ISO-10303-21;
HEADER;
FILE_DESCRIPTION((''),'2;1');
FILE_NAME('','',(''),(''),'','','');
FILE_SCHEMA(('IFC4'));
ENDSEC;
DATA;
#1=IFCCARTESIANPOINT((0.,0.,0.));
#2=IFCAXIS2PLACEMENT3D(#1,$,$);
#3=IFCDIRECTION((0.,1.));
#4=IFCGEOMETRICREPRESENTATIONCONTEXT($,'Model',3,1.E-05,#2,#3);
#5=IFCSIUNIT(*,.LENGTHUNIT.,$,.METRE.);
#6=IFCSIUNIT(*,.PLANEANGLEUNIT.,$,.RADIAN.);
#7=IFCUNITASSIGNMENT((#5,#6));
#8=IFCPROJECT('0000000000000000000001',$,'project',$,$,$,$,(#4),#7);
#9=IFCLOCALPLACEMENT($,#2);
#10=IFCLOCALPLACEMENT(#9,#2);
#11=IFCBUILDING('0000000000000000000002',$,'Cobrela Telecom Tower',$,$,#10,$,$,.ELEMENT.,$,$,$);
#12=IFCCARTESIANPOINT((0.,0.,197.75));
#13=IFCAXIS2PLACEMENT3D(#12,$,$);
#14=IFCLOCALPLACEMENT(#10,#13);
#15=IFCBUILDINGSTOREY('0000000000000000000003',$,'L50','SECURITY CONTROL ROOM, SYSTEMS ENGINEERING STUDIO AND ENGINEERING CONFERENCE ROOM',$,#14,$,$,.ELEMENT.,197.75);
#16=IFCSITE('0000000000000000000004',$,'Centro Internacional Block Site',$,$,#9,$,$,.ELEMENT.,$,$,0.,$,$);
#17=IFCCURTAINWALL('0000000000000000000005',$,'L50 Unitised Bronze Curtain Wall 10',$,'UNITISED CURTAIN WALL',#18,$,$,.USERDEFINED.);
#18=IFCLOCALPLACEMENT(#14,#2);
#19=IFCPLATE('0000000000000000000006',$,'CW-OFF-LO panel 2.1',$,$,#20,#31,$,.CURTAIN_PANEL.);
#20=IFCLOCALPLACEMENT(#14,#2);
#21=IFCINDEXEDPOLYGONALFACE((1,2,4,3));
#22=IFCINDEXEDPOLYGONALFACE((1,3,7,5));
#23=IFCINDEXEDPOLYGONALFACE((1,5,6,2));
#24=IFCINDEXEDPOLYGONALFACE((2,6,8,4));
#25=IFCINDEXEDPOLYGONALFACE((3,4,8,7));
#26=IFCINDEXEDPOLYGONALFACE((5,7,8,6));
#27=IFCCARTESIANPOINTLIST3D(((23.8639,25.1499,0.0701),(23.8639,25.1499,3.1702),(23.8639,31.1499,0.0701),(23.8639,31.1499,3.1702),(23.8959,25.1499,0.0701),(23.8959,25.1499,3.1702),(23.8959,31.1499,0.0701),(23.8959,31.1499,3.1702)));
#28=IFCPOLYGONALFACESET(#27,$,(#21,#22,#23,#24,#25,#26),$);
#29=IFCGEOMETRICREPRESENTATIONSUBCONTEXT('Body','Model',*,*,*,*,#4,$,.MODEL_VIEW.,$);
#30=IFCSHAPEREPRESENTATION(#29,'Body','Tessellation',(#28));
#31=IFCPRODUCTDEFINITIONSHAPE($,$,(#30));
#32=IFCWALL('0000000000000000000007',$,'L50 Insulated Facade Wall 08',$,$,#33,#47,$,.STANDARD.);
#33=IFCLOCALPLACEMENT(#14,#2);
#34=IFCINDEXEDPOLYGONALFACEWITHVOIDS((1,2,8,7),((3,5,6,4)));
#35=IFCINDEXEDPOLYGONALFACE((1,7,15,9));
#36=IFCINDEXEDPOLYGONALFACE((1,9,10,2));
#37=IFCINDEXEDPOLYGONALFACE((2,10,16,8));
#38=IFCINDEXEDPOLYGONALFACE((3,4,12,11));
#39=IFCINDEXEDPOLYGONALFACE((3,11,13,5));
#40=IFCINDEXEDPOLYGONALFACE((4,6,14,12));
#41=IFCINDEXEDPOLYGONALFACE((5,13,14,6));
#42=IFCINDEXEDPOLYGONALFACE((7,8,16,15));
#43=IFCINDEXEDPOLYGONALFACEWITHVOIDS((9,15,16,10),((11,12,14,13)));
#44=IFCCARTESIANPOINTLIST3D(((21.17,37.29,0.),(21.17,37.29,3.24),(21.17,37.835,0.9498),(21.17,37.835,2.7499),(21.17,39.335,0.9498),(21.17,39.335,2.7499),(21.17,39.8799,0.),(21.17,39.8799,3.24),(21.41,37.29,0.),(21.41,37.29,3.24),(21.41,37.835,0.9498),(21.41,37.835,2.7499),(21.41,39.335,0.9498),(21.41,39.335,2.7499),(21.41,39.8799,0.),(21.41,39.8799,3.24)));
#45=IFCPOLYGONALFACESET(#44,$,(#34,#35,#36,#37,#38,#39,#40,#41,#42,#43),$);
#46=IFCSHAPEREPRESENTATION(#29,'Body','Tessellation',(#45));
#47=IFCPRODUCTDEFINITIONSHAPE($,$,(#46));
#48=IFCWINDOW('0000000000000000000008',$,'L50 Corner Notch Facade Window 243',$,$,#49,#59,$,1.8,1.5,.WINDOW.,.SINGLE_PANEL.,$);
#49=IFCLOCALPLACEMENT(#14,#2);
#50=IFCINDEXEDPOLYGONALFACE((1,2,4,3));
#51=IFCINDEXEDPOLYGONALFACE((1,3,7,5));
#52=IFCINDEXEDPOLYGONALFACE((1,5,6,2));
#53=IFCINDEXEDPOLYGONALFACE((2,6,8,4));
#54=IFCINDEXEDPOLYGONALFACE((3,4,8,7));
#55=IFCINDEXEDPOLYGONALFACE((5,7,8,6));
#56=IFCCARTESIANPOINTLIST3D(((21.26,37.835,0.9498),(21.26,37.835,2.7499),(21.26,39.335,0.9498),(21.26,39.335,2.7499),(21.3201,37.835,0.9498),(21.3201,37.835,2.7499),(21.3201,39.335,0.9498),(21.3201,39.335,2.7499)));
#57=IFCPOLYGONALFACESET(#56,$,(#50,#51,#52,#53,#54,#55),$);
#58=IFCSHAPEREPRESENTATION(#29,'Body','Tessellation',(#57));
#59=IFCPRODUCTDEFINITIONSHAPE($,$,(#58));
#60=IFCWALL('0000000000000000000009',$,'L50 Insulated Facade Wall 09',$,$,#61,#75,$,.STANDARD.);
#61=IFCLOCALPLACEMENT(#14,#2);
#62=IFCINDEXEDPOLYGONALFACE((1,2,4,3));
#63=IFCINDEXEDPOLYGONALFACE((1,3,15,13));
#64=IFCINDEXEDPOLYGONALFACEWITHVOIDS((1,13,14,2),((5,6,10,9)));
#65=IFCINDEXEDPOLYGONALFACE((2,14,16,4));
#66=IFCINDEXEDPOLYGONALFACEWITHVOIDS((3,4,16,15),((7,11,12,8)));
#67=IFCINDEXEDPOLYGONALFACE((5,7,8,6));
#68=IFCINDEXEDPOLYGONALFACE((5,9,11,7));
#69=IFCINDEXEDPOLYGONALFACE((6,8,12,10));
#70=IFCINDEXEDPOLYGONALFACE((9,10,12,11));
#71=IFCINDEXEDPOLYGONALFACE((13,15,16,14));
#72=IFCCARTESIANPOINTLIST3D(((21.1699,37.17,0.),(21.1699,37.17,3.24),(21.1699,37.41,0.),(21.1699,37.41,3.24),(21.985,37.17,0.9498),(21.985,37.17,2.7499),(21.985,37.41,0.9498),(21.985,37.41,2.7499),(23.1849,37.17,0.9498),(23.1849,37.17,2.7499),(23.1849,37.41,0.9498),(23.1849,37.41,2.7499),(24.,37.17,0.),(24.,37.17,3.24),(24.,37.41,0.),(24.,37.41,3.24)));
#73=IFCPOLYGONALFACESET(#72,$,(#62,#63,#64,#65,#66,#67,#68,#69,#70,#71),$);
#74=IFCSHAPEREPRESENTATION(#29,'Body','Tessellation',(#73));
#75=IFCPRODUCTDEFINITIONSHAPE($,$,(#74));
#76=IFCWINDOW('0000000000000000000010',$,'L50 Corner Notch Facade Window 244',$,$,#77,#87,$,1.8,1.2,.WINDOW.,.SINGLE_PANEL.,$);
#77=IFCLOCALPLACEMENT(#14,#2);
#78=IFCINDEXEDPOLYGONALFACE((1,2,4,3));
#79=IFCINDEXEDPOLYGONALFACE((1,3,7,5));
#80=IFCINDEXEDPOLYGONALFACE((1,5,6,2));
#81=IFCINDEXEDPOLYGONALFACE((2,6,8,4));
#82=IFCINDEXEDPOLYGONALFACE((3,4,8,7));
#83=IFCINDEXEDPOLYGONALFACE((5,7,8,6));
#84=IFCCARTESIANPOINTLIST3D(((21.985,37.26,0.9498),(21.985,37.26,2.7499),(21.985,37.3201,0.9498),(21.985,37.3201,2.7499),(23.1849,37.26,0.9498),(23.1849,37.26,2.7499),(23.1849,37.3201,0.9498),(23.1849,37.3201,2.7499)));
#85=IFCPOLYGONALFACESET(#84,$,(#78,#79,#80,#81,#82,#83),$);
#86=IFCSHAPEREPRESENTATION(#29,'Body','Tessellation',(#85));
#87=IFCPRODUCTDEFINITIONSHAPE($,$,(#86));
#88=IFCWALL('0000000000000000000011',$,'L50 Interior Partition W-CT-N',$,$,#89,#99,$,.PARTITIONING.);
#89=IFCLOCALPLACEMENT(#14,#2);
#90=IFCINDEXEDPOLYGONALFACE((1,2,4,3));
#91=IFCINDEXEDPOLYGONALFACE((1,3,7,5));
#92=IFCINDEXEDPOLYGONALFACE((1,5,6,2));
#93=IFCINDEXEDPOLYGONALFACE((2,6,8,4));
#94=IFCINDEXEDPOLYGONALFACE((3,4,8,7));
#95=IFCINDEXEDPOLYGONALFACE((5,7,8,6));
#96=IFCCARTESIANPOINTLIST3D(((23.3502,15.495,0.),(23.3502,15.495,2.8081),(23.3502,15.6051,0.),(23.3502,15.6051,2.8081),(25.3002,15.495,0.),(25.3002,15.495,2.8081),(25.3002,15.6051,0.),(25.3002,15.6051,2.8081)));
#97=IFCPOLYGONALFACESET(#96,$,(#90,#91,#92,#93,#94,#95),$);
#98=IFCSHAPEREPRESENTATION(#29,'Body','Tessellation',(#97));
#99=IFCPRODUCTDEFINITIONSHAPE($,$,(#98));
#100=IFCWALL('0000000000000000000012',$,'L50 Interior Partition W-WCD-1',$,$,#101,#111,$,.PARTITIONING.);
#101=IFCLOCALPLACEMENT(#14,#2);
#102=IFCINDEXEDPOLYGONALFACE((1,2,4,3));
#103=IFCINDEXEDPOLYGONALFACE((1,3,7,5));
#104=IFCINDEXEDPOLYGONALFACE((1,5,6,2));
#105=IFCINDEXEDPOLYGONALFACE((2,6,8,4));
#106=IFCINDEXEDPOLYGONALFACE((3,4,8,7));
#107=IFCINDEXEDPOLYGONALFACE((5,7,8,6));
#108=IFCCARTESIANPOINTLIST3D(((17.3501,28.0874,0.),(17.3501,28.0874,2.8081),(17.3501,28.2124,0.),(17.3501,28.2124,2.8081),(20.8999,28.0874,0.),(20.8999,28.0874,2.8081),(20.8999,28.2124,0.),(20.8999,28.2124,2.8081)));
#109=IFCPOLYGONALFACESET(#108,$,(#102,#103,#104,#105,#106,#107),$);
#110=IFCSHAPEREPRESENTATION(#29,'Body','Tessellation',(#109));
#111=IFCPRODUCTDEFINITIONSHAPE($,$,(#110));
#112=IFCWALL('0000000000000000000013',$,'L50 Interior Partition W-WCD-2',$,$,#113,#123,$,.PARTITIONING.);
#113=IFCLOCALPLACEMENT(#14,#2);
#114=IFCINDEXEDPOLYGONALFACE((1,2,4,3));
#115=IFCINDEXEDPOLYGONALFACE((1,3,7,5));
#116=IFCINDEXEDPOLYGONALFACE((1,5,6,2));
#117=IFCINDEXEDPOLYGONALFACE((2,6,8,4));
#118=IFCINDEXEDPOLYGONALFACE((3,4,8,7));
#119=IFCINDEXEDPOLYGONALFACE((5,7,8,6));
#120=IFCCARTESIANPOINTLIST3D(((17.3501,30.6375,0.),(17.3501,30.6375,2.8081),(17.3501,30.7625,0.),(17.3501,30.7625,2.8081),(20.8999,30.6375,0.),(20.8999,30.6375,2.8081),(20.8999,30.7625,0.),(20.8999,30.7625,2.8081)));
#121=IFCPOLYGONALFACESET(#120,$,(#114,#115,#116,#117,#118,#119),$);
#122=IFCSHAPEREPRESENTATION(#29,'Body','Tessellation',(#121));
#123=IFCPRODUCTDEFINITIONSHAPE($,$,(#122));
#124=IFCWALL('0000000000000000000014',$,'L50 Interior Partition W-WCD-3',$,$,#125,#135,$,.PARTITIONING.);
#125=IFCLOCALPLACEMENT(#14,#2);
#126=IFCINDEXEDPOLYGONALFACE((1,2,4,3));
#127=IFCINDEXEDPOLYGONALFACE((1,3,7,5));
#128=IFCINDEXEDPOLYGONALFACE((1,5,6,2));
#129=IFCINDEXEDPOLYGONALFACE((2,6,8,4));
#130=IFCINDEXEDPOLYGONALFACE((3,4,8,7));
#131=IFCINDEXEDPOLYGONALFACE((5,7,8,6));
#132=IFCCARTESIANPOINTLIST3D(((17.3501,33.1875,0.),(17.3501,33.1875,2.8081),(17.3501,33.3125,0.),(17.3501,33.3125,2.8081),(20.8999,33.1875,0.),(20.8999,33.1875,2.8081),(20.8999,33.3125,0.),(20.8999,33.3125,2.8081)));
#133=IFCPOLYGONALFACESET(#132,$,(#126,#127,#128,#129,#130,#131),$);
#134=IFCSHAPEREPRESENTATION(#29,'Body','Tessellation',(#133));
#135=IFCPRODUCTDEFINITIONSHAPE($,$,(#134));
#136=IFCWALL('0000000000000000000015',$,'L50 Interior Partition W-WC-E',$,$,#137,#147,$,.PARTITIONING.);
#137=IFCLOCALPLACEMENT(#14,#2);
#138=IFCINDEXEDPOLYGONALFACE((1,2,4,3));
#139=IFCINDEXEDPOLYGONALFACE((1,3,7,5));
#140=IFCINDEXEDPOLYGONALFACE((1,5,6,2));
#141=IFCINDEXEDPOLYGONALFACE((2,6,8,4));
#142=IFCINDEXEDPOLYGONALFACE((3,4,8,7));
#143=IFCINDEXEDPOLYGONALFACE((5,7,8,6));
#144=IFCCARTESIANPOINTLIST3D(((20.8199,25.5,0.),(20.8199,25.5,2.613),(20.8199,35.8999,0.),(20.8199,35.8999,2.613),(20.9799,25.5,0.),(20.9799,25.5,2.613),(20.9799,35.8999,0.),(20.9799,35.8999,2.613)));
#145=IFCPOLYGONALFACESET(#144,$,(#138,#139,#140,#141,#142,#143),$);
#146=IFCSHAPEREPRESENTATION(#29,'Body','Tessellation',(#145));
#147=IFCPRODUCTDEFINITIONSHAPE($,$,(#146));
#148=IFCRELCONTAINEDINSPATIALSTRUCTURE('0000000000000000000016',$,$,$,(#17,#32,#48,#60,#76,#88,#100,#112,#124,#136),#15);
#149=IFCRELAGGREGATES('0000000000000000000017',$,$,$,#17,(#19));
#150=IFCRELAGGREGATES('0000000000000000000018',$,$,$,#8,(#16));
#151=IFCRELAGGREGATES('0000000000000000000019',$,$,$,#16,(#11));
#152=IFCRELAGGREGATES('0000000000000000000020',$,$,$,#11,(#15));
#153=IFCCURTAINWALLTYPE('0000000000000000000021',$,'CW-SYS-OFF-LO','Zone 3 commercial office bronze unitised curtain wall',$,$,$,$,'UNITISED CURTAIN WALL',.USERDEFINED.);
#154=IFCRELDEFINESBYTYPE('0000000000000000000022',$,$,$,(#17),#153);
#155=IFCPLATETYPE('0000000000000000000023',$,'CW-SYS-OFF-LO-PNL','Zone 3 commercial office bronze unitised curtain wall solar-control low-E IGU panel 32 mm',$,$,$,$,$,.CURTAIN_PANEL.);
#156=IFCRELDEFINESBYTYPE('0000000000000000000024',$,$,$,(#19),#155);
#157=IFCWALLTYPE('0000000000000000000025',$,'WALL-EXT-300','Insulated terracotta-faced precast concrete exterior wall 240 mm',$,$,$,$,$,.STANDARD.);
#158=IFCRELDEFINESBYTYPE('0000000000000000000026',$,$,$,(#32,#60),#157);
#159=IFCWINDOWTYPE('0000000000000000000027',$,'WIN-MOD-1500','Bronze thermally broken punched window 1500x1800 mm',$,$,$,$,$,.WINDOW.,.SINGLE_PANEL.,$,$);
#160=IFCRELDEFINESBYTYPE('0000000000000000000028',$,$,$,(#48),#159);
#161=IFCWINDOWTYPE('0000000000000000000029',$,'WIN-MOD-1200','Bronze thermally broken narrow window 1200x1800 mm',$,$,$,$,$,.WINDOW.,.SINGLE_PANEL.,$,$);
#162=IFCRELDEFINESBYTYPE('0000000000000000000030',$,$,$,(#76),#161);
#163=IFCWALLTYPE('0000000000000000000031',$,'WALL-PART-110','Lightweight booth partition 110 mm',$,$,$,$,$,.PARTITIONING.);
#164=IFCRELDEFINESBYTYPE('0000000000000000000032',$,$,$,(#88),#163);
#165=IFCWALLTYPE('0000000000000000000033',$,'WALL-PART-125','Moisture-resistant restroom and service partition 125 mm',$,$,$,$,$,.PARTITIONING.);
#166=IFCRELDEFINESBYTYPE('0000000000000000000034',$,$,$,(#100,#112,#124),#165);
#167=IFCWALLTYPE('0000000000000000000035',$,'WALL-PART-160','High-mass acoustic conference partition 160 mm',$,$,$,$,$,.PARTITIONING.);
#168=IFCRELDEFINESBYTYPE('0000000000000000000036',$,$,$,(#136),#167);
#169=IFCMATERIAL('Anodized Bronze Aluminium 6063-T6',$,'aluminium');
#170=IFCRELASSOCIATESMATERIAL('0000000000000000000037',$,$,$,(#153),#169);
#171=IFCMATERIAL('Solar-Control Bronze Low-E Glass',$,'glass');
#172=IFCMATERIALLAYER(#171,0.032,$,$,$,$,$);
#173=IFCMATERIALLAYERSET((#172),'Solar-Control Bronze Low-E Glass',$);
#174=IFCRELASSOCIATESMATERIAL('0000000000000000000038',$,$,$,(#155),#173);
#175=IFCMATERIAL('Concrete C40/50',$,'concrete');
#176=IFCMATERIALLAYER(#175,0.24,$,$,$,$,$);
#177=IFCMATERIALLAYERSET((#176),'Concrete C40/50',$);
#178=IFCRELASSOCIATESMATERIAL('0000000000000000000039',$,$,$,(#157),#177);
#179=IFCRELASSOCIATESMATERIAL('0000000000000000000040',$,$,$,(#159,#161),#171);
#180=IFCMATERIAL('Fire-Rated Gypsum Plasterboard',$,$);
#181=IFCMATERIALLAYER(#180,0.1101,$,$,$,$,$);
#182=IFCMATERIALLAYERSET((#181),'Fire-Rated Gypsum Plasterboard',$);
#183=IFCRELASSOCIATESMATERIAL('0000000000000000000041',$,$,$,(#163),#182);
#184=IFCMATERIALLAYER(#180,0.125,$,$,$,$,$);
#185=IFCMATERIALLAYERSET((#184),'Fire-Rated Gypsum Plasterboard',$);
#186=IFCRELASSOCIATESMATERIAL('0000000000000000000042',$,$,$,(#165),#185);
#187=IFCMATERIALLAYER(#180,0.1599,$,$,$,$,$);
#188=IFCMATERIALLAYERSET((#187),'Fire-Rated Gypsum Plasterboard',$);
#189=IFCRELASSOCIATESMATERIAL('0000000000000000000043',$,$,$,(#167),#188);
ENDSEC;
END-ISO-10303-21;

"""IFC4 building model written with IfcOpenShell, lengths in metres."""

from ifc_helpers import new_model, si_unit, direction, frame, frame_2d, origin, origin_2d, place, context, subcontext, project, spatial, rectangle, extrude, material, layer, layer_set, type_object, element, fill, aggregate, save


model = new_model("IFC4")

# Units and contexts
model_context = context("Model", 3, precision=1e-05, world=origin(), true_north=direction((0.0, 1.0)))
body_context = subcontext(model_context, "Body", "Model", "MODEL_VIEW")
ifc_project = project(units=[si_unit("LENGTHUNIT", "METRE"), si_unit("PLANEANGLEUNIT", "RADIAN")], contexts=[model_context])

# Site, building, storey
site_placement = place(None, origin())
site = spatial("IfcSite", under=ifc_project, at=site_placement, Name="Centro Internacional Block Site", CompositionType="ELEMENT", RefElevation=0.0)
building_placement = place(site_placement, origin())
building = spatial("IfcBuilding", under=site, at=building_placement, Name="Cobrela Telecom Tower", CompositionType="ELEMENT")
storey_placement = place(building_placement, frame((0.0, 0.0, 197.75)))
storey = spatial("IfcBuildingStorey", under=building, at=storey_placement, Name="L50", Description="SECURITY CONTROL ROOM, SYSTEMS ENGINEERING STUDIO AND ENGINEERING CONFERENCE ROOM", CompositionType="ELEMENT", Elevation=197.75)

# Shared definitions
ifc_material_1 = material(Name="Anodized Bronze Aluminium 6063-T6", Category="aluminium")
curtain_wall_type = type_object("IfcCurtainWallType", Name="CW-SYS-OFF-LO", Description="Zone 3 commercial office bronze unitised curtain wall", ElementType="UNITISED CURTAIN WALL", PredefinedType="USERDEFINED", material=ifc_material_1)

# Curtain wall
curtain_wall_1_placement = place(storey_placement, origin())
curtain_wall_1 = element("IfcCurtainWall", 1, at=curtain_wall_1_placement, inside=storey, type_object=curtain_wall_type, Name="L50 Unitised Bronze Curtain Wall 10", ObjectType="UNITISED CURTAIN WALL", PredefinedType="USERDEFINED")

# Plate
ifc_material_2 = material(Name="Solar-Control Bronze Low-E Glass", Category="glass")
ifc_layer_1 = layer(ifc_material_2, 0.032)
ifc_layer_set_1 = layer_set([ifc_layer_1], Name="Solar-Control Bronze Low-E Glass")
plate_type = type_object("IfcPlateType", Name="CW-SYS-OFF-LO-PNL", Description="Zone 3 commercial office bronze unitised curtain wall solar-control low-E IGU panel 32 mm", PredefinedType="CURTAIN_PANEL", material=ifc_layer_set_1)
plate_1_placement = place(storey_placement, frame((23.8799, 28.1499, 0.0701), z_axis=(0.0, 0.0, 1.0), x_axis=(0.0, -1.0, 0.0)))
plate_1 = element("IfcPlate", 2, at=plate_1_placement, type_object=plate_type, Name="CW-OFF-LO panel 2.1", PredefinedType="CURTAIN_PANEL", context=body_context, shape_type="SweptSolid", body=[
    extrude(rectangle(XDim=6.0, YDim=0.032, at=origin_2d()), origin(), (0.0, 0.0, 1.0), 3.1001),
])
aggregate(curtain_wall_1, [plate_1])

# Walls, openings, windows
ifc_material_3 = material(Name="Concrete C40/50", Category="concrete")
ifc_layer_2 = layer(ifc_material_3, 0.24)
ifc_layer_set_2 = layer_set([ifc_layer_2], Name="Concrete C40/50")
wall_type_1 = type_object("IfcWallType", Name="WALL-EXT-300", Description="Insulated terracotta-faced precast concrete exterior wall 240 mm", PredefinedType="STANDARD", material=ifc_layer_set_2)
wall_1_placement = place(storey_placement, frame((21.29, 39.8799, 0.0), z_axis=(0.0, 0.0, 1.0), x_axis=(0.0, -1.0, 0.0)))
wall_1 = element("IfcWall", 3, at=wall_1_placement, inside=storey, type_object=wall_type_1, Name="L50 Insulated Facade Wall 08", PredefinedType="STANDARD", context=body_context, shape_type="SweptSolid", body=[
    extrude(rectangle(XDim=2.5898, YDim=0.24, at=frame_2d((1.2949, 0.0))), origin(), (0.0, 0.0, 1.0), 3.24),
])
opening_1_placement = place(wall_1_placement, frame((0.5449, 0.0, 0.95)))
opening_1 = element("IfcOpeningElement", 4, at=opening_1_placement, cuts=wall_1, PredefinedType="OPENING", context=body_context, shape_type="SweptSolid", body=[
    extrude(rectangle(XDim=1.5, YDim=1.8, at=frame_2d((0.75, 0.8999))), frame((0.0, 0.1318, 0.0), z_axis=(0.0, -1.0, 0.0), x_axis=(1.0, 0.0, 0.0)), (0.0, 0.0, 1.0), 0.2639),
])
window_type_1 = type_object("IfcWindowType", Name="WIN-MOD-1500", Description="Bronze thermally broken punched window 1500x1800 mm", PartitioningType="SINGLE_PANEL", PredefinedType="WINDOW", material=ifc_material_2)
window_1_placement = place(opening_1_placement, origin())
window_1 = element("IfcWindow", 5, at=window_1_placement, inside=storey, type_object=window_type_1, Name="L50 Corner Notch Facade Window 243", OverallHeight=1.8, OverallWidth=1.5, PartitioningType="SINGLE_PANEL", PredefinedType="WINDOW", context=body_context, shape_type="SweptSolid", body=[
    extrude(rectangle(XDim=1.5, YDim=1.8, at=frame_2d((0.75, 0.8999))), frame((0.0, 0.03, 0.0), z_axis=(0.0, -1.0, 0.0), x_axis=(1.0, 0.0, 0.0)), (0.0, 0.0, 1.0), 0.0601),
])
fill(opening_1, window_1)
wall_2_placement = place(storey_placement, frame((21.1699, 37.29, 0.0), z_axis=(0.0, 0.0, 1.0), x_axis=(1.0, 0.0, 0.0)))
wall_2 = element("IfcWall", 6, at=wall_2_placement, inside=storey, type_object=wall_type_1, Name="L50 Insulated Facade Wall 09", PredefinedType="STANDARD", context=body_context, shape_type="SweptSolid", body=[
    extrude(rectangle(XDim=2.8301, YDim=0.24, at=frame_2d((1.415, 0.0))), origin(), (0.0, 0.0, 1.0), 3.24),
])
opening_2_placement = place(wall_2_placement, frame((0.8149, 0.0, 0.95)))
opening_2 = element("IfcOpeningElement", 7, at=opening_2_placement, cuts=wall_2, PredefinedType="OPENING", context=body_context, shape_type="SweptSolid", body=[
    extrude(rectangle(XDim=1.2, YDim=1.8, at=frame_2d((0.6001, 0.8999))), frame((0.0, 0.1318, 0.0), z_axis=(0.0, -1.0, 0.0), x_axis=(1.0, 0.0, 0.0)), (0.0, 0.0, 1.0), 0.2639),
])
window_type_2 = type_object("IfcWindowType", Name="WIN-MOD-1200", Description="Bronze thermally broken narrow window 1200x1800 mm", PartitioningType="SINGLE_PANEL", PredefinedType="WINDOW", material=ifc_material_2)
window_2_placement = place(opening_2_placement, origin())
window_2 = element("IfcWindow", 8, at=window_2_placement, inside=storey, type_object=window_type_2, Name="L50 Corner Notch Facade Window 244", OverallHeight=1.8, OverallWidth=1.2, PartitioningType="SINGLE_PANEL", PredefinedType="WINDOW", context=body_context, shape_type="SweptSolid", body=[
    extrude(rectangle(XDim=1.2, YDim=1.8, at=frame_2d((0.6001, 0.8999))), frame((0.0, 0.03, 0.0), z_axis=(0.0, -1.0, 0.0), x_axis=(1.0, 0.0, 0.0)), (0.0, 0.0, 1.0), 0.0601),
])
fill(opening_2, window_2)

# Walls
ifc_material_4 = material(Name="Fire-Rated Gypsum Plasterboard")
ifc_layer_3 = layer(ifc_material_4, 0.1101)
ifc_layer_set_3 = layer_set([ifc_layer_3], Name="Fire-Rated Gypsum Plasterboard")
wall_type_2 = type_object("IfcWallType", Name="WALL-PART-110", Description="Lightweight booth partition 110 mm", PredefinedType="PARTITIONING", material=ifc_layer_set_3)
wall_3_placement = place(storey_placement, frame((23.3501, 15.55, 0.0), z_axis=(0.0, 0.0, 1.0), x_axis=(1.0, 0.0, 0.0)))
element("IfcWall", 9, at=wall_3_placement, inside=storey, type_object=wall_type_2, Name="L50 Interior Partition W-CT-N", PredefinedType="PARTITIONING", context=body_context, shape_type="SweptSolid", body=[
    extrude(rectangle(XDim=1.95, YDim=0.1101, at=frame_2d((0.9751, 0.0))), origin(), (0.0, 0.0, 1.0), 2.8081),
])
ifc_layer_4 = layer(ifc_material_4, 0.125)
ifc_layer_set_4 = layer_set([ifc_layer_4], Name="Fire-Rated Gypsum Plasterboard")
wall_type_3 = type_object("IfcWallType", Name="WALL-PART-125", Description="Moisture-resistant restroom and service partition 125 mm", PredefinedType="PARTITIONING", material=ifc_layer_set_4)
for number, where, z_axis, x_axis, name in (
    (10, (17.3501, 28.1499, 0.0), (0.0, 0.0, 1.0), (1.0, 0.0, 0.0), "L50 Interior Partition W-WCD-1"),
    (11, (17.3501, 30.7, 0.0), (0.0, 0.0, 1.0), (1.0, 0.0, 0.0), "L50 Interior Partition W-WCD-2"),
    (12, (17.3501, 33.25, 0.0), (0.0, 0.0, 1.0), (1.0, 0.0, 0.0), "L50 Interior Partition W-WCD-3"),
):
    element("IfcWall", number, at=place(storey_placement, frame(where, z_axis=z_axis, x_axis=x_axis)), inside=storey, type_object=wall_type_3, Name=name, PredefinedType="PARTITIONING", context=body_context, shape_type="SweptSolid", body=[
        extrude(rectangle(XDim=3.5498, YDim=0.125, at=frame_2d((1.7749, 0.0))), origin(), (0.0, 0.0, 1.0), 2.8081),
    ])
ifc_layer_5 = layer(ifc_material_4, 0.1599)
ifc_layer_set_5 = layer_set([ifc_layer_5], Name="Fire-Rated Gypsum Plasterboard")
wall_type_4 = type_object("IfcWallType", Name="WALL-PART-160", Description="High-mass acoustic conference partition 160 mm", PredefinedType="PARTITIONING", material=ifc_layer_set_5)
wall_4_placement = place(storey_placement, frame((20.8999, 25.5, 0.0), z_axis=(0.0, 0.0, 1.0), x_axis=(0.0, 1.0, 0.0)))
element("IfcWall", 13, at=wall_4_placement, inside=storey, type_object=wall_type_4, Name="L50 Interior Partition W-WC-E", PredefinedType="PARTITIONING", context=body_context, shape_type="SweptSolid", body=[
    extrude(rectangle(XDim=10.3999, YDim=0.1599, at=frame_2d((5.2, 0.0))), origin(), (0.0, 0.0, 1.0), 2.613),
])

save(model, "model.ifc")
